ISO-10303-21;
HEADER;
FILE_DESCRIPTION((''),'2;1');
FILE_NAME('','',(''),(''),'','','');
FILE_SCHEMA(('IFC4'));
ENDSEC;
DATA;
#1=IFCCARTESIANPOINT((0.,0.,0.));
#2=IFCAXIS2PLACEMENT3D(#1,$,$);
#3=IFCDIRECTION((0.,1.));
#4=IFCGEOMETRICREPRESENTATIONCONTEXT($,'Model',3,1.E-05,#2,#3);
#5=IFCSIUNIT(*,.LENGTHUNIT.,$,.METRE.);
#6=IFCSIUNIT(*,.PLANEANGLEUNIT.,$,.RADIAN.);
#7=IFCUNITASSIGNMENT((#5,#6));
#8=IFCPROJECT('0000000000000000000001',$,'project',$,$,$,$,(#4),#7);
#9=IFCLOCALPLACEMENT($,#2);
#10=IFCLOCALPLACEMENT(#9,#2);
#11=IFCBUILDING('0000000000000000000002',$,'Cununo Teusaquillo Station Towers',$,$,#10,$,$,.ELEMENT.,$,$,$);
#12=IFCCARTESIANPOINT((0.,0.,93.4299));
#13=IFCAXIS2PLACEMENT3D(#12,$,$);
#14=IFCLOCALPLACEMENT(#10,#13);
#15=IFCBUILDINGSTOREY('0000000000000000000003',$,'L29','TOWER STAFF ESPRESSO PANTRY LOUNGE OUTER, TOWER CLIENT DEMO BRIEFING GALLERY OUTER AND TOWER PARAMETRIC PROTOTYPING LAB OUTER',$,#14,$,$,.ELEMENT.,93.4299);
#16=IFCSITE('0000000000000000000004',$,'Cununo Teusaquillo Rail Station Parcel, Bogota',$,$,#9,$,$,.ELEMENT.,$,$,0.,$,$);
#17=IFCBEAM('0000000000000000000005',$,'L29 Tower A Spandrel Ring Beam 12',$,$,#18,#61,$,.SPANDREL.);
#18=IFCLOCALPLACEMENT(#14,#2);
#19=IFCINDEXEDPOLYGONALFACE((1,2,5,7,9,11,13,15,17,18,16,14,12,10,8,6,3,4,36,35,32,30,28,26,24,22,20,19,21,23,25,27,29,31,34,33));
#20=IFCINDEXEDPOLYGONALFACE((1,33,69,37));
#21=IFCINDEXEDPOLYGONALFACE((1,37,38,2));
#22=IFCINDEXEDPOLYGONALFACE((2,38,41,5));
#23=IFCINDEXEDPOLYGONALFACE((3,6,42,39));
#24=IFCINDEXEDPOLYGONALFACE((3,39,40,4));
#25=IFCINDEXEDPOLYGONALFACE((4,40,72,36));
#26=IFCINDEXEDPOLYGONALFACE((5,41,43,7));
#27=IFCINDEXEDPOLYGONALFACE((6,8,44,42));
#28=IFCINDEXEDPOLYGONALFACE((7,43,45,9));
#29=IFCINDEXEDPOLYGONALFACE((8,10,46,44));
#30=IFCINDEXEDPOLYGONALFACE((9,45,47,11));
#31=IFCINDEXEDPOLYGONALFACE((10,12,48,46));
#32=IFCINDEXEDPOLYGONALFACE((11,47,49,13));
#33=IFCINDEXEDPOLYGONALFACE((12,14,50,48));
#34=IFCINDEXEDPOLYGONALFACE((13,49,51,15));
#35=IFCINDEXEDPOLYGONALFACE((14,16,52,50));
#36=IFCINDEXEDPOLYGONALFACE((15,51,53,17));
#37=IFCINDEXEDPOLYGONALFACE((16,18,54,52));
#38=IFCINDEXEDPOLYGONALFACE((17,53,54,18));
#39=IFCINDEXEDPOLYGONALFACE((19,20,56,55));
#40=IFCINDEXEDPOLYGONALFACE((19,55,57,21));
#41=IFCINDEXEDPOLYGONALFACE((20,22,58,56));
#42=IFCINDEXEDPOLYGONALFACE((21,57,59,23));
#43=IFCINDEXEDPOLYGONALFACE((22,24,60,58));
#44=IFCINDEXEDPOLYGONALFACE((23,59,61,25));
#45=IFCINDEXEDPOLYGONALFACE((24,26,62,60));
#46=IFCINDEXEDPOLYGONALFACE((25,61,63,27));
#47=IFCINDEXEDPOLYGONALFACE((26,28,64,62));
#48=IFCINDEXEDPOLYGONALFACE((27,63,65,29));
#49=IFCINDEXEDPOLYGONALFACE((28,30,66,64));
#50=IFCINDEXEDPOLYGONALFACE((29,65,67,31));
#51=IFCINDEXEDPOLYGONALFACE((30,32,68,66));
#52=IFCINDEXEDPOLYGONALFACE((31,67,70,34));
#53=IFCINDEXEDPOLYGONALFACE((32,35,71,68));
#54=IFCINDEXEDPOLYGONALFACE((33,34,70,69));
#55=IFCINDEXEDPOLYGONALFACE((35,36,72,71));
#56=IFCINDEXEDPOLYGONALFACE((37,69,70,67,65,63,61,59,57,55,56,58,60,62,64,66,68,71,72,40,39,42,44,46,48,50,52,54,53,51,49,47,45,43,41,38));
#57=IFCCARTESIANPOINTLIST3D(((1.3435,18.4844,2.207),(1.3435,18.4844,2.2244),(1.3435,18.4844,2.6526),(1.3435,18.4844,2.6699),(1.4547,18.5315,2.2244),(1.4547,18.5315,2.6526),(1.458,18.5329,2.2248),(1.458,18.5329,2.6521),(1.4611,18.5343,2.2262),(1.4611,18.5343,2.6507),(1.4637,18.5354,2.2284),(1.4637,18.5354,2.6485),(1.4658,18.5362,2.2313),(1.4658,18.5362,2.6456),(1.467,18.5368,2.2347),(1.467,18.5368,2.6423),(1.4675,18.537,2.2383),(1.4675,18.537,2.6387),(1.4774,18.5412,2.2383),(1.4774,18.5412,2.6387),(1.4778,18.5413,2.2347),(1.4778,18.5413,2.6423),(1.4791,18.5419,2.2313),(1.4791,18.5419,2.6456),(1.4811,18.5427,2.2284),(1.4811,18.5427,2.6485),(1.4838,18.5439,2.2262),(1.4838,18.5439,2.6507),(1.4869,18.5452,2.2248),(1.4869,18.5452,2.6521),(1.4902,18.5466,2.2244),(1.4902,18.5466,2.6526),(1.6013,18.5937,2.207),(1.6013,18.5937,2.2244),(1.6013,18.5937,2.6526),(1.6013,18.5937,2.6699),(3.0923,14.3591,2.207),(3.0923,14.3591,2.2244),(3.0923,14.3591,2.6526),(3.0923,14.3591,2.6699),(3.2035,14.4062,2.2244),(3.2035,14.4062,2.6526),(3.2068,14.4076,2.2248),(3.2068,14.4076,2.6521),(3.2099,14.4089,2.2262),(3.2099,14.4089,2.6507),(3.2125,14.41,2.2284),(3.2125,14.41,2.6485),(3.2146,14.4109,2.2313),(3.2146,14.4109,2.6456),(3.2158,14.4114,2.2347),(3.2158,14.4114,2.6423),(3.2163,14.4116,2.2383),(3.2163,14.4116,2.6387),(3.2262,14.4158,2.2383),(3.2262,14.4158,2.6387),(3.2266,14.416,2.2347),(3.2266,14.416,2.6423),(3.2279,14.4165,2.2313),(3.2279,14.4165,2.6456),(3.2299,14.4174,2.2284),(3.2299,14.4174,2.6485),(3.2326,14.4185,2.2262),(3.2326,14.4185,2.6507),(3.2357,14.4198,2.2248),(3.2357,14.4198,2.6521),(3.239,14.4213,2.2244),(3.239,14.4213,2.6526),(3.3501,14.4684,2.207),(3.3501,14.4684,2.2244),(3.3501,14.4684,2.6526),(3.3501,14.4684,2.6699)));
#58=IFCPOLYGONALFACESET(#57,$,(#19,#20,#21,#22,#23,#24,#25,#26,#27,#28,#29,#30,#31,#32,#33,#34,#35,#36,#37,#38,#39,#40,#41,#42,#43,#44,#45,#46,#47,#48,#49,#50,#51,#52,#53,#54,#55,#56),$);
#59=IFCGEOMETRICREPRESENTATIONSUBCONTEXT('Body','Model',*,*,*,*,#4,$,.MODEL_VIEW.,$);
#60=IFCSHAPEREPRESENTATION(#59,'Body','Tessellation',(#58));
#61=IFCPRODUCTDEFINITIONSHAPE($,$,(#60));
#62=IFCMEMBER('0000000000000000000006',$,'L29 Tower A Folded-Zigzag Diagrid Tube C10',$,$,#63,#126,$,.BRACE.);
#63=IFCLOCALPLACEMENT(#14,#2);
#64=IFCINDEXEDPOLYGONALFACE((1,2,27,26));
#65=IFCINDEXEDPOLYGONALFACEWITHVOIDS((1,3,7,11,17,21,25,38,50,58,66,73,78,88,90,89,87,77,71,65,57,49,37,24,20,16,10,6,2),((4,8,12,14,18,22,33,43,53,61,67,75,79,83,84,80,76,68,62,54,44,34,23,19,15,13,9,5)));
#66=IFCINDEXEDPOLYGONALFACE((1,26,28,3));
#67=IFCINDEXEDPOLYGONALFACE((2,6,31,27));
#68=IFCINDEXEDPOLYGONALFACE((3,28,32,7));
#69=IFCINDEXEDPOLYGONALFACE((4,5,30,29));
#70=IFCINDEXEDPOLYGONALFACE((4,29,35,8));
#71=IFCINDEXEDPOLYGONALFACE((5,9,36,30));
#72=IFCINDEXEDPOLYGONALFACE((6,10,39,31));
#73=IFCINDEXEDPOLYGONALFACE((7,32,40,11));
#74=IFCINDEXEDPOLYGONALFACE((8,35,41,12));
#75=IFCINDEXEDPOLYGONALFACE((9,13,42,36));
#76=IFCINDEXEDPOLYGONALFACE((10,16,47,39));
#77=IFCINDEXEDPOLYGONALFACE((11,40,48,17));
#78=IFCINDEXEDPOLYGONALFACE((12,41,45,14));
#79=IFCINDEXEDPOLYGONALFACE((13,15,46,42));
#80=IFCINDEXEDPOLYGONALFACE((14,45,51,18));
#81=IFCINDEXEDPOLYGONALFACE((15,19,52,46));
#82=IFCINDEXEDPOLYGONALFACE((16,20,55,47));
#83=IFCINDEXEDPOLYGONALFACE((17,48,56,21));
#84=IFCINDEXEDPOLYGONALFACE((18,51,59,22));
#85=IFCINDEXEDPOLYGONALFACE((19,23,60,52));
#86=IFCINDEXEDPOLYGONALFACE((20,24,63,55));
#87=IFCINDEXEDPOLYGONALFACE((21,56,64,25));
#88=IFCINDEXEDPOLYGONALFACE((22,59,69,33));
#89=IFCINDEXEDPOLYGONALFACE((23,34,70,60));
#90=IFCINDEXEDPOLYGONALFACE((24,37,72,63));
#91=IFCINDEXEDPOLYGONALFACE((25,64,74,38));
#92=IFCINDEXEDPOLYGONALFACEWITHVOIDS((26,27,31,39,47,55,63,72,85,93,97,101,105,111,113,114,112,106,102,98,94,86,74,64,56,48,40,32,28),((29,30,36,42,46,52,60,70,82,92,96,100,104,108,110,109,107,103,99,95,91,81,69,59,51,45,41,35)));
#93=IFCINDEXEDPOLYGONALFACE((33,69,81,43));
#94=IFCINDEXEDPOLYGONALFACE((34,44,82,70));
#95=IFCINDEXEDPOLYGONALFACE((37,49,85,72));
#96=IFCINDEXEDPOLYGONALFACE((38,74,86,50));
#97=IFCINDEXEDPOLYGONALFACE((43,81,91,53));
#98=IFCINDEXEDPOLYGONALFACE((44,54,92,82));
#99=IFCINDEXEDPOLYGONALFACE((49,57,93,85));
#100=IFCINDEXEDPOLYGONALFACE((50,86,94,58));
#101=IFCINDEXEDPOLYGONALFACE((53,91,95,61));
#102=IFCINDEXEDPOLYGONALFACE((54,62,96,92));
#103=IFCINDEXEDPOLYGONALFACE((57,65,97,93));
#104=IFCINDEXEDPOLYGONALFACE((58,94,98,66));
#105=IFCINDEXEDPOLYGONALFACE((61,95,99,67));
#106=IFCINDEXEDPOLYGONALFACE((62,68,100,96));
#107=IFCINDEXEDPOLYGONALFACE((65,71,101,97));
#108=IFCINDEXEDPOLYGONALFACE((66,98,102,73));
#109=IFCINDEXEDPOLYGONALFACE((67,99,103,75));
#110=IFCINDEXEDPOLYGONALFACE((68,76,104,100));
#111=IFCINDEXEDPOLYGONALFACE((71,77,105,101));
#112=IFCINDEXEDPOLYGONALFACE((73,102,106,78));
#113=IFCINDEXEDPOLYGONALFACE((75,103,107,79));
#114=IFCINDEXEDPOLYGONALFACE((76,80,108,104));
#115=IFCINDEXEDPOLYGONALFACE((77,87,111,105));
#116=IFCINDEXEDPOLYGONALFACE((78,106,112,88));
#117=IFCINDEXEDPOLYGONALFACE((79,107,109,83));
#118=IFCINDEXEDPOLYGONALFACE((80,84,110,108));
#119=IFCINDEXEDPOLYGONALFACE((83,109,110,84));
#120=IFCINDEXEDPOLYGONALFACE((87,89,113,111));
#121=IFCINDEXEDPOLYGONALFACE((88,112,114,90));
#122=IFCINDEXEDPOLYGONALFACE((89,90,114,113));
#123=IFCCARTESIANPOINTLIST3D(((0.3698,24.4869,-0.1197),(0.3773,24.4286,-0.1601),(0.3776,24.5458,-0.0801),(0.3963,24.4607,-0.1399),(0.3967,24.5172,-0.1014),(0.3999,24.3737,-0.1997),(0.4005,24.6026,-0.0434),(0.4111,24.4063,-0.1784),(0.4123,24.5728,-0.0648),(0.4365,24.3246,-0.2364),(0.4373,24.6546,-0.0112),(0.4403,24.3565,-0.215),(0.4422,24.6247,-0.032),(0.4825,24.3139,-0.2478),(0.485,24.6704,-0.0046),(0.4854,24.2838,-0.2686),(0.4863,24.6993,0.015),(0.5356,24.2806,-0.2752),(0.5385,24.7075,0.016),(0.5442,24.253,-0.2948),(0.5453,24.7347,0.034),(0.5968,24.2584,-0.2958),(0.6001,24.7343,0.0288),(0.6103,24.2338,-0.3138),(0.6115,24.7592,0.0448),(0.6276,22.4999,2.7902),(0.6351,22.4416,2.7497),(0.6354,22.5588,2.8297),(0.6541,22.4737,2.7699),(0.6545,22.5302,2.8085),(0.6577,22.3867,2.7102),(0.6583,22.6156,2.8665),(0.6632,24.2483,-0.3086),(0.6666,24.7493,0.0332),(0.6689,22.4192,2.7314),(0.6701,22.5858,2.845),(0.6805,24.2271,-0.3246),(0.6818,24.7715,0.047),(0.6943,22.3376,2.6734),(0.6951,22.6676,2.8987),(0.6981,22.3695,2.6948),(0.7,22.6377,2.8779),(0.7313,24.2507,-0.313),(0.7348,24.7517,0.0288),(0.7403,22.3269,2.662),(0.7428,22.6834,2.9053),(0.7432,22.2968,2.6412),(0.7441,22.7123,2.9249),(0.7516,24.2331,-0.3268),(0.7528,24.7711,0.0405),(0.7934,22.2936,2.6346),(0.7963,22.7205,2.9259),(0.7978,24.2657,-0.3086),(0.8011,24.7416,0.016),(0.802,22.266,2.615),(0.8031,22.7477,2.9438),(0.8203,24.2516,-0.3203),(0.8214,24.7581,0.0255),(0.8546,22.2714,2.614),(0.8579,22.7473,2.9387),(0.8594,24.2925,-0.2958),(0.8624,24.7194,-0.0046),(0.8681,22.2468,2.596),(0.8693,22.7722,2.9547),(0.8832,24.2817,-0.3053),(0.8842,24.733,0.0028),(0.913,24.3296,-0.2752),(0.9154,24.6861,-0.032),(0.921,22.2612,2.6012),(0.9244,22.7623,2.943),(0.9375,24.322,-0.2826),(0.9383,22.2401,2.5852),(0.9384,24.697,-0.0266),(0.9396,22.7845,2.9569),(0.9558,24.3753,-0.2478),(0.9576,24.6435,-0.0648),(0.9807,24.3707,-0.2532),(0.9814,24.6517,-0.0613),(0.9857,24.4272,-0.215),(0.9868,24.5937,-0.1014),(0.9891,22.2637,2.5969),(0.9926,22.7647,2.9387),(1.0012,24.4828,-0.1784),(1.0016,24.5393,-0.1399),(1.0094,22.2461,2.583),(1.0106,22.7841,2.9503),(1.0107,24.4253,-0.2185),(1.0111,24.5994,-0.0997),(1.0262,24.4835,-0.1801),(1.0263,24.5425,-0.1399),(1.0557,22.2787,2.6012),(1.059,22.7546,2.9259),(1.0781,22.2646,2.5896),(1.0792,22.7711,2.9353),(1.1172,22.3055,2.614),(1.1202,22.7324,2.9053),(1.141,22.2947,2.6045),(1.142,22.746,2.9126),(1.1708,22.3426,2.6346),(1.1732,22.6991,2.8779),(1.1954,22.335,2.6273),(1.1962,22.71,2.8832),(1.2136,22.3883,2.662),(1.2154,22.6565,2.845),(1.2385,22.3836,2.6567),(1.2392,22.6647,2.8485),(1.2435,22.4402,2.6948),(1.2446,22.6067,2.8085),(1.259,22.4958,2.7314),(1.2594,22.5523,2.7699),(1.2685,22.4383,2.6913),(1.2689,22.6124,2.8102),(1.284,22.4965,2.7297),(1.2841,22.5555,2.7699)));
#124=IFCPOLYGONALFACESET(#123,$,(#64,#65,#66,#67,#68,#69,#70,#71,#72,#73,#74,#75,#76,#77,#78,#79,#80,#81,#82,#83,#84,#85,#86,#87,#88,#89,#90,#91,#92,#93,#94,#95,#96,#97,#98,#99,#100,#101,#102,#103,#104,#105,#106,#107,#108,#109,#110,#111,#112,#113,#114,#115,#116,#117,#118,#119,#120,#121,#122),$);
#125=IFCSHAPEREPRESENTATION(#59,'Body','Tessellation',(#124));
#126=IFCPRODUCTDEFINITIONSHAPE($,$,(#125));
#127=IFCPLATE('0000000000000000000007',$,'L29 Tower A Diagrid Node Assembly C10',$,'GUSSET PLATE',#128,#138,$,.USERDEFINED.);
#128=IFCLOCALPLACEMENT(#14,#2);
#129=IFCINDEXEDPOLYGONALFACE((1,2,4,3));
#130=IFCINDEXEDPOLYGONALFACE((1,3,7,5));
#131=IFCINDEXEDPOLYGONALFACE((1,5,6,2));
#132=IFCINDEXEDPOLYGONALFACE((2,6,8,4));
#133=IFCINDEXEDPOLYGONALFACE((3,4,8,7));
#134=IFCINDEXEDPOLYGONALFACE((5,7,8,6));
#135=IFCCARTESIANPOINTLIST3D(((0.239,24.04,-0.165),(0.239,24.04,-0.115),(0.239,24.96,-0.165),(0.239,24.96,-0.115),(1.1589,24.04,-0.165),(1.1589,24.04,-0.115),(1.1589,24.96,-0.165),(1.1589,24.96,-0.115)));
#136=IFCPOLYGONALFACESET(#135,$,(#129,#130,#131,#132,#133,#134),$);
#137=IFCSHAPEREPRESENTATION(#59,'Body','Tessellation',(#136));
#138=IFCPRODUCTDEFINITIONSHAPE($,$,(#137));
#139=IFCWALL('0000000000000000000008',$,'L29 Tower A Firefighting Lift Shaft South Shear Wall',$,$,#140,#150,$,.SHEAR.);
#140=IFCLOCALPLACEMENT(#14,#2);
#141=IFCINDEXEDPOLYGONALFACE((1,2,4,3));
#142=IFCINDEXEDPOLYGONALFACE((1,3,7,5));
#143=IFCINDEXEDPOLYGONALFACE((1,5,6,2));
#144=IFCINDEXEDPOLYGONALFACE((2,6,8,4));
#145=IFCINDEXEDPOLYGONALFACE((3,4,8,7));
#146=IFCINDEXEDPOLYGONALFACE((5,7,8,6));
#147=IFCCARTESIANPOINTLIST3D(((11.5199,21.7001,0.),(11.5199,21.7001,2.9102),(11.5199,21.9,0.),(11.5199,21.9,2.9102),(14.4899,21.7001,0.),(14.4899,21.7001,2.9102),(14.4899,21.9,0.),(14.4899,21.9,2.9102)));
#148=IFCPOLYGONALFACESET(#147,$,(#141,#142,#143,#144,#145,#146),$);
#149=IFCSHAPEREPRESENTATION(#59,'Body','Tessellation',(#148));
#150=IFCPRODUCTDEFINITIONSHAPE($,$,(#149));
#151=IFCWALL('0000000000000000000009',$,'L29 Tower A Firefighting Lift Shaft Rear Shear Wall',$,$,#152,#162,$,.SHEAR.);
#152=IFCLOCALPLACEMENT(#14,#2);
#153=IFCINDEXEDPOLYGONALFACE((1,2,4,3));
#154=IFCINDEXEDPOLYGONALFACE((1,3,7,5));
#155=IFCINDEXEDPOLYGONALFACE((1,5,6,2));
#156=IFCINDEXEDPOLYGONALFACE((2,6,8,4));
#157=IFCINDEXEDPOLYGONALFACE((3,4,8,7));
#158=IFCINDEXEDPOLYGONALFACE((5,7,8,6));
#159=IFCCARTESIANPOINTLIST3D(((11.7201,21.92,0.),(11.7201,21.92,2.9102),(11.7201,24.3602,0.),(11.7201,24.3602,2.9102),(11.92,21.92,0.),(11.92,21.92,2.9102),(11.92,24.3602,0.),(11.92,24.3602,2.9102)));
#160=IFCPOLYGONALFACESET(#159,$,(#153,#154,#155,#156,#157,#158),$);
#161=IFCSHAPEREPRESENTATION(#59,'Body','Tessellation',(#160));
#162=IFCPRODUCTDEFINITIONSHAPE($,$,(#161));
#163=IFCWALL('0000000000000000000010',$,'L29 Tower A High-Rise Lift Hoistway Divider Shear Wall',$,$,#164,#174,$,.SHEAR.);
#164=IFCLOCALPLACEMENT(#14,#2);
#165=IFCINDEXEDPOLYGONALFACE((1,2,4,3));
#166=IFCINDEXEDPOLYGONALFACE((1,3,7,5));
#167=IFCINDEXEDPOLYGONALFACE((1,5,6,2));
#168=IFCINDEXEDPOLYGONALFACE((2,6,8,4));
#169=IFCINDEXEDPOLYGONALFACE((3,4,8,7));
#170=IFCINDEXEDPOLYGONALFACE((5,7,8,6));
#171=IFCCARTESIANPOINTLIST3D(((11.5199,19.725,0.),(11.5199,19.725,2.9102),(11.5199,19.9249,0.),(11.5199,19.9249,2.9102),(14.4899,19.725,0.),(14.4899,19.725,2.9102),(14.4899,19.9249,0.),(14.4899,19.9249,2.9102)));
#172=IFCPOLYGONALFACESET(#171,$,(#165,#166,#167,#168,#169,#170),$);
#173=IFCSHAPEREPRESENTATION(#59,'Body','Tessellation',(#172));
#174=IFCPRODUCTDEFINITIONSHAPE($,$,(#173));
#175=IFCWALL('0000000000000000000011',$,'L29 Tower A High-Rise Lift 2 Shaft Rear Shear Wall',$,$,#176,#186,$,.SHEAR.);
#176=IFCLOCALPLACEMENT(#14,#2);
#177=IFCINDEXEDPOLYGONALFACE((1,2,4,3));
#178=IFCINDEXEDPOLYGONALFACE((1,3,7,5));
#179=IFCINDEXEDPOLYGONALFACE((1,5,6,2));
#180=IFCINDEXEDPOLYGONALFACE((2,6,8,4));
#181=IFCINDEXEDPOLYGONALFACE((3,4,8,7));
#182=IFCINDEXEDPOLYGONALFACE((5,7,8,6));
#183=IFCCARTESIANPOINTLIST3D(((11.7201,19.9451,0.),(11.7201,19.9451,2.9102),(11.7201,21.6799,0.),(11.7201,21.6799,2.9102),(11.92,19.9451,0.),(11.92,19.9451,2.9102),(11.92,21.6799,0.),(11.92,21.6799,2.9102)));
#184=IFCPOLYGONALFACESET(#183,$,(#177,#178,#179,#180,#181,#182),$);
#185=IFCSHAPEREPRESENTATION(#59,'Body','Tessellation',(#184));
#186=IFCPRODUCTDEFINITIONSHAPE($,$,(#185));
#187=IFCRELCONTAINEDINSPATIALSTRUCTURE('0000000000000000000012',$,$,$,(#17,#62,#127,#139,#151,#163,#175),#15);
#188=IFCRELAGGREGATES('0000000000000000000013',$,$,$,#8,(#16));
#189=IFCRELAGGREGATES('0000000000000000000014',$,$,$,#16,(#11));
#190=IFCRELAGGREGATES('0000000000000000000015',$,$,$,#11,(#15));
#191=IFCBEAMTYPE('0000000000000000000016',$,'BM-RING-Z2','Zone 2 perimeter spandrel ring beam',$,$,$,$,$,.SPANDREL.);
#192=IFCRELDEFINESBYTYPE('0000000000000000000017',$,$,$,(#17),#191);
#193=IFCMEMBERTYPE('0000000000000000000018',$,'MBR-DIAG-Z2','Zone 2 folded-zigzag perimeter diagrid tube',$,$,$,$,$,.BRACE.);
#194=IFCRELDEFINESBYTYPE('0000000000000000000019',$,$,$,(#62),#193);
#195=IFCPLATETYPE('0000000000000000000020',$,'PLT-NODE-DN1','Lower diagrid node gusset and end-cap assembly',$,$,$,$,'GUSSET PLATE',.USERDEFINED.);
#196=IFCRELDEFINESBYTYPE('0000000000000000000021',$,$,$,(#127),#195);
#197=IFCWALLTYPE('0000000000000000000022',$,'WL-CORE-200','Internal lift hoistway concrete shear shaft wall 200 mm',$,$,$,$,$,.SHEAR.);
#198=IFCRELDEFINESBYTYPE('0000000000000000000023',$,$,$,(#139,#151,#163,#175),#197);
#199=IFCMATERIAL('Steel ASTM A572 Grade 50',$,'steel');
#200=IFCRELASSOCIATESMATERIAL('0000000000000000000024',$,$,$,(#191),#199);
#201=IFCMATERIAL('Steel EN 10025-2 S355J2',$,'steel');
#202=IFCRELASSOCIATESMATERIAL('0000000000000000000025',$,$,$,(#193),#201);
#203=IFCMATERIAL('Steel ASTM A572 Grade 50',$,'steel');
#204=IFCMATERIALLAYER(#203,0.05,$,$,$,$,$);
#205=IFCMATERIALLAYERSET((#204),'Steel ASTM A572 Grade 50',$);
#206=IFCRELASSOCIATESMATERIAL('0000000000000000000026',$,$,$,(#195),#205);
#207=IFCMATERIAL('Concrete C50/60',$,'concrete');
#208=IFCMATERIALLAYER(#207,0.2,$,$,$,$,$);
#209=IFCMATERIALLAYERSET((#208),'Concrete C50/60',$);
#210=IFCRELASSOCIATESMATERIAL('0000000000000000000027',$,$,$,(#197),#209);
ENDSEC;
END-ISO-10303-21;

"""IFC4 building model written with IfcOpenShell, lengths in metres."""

from ifc_helpers import new_model, si_unit, direction, frame, frame_2d, origin, origin_2d, place, context, subcontext, project, spatial, rectangle, hollow_circle, i_section, extrude, source, transform, mapped, material, layer, layer_set, material_profile, profile_set, type_object, element, save


model = new_model("IFC4")

# Units and contexts
model_context = context("Model", 3, precision=1e-05, world=origin(), true_north=direction((0.0, 1.0)))
body_context = subcontext(model_context, "Body", "Model", "MODEL_VIEW")
ifc_project = project(units=[si_unit("LENGTHUNIT", "METRE"), si_unit("PLANEANGLEUNIT", "RADIAN")], contexts=[model_context])

# Site, building, storey
site_placement = place(None, origin())
site = spatial("IfcSite", under=ifc_project, at=site_placement, Name="Cununo Teusaquillo Rail Station Parcel, Bogota", CompositionType="ELEMENT", RefElevation=0.0)
building_placement = place(site_placement, origin())
building = spatial("IfcBuilding", under=site, at=building_placement, Name="Cununo Teusaquillo Station Towers", CompositionType="ELEMENT")
storey_placement = place(building_placement, frame((0.0, 0.0, 93.4299)))
storey = spatial("IfcBuildingStorey", under=building, at=storey_placement, Name="L29", Description="TOWER STAFF ESPRESSO PANTRY LOUNGE OUTER, TOWER CLIENT DEMO BRIEFING GALLERY OUTER AND TOWER PARAMETRIC PROTOTYPING LAB OUTER", CompositionType="ELEMENT", Elevation=93.4299)

# Beam
ifc_material_1 = material(Name="Steel ASTM A572 Grade 50", Category="steel")
ifc_material_profile_1 = material_profile(ifc_material_1, i_section(OverallWidth=0.28, OverallDepth=0.4629, WebThickness=0.0107, FlangeThickness=0.0173, FilletRadius=0.0139, at=origin_2d()), Name="W18X76")
ifc_profile_set_1 = profile_set([ifc_material_profile_1], Name="Steel ASTM A572 Grade 50")
beam_type_1 = type_object("IfcBeamType", Name="BM-RING-Z2", Description="Zone 2 perimeter spandrel ring beam", PredefinedType="SPANDREL", material=ifc_profile_set_1)
beam_1_placement = place(storey_placement, frame((1.4724, 18.5391, 2.4385), z_axis=(0.390299, -0.920688, 0.0), x_axis=(0.920688, 0.390299, 0.0)))
element("IfcBeam", 1, at=beam_1_placement, inside=storey, type_object=beam_type_1, Name="L29 Tower A Spandrel Ring Beam 12", PredefinedType="SPANDREL", context=body_context, shape_type="SweptSolid", body=[
    extrude(i_section(OverallWidth=0.28, OverallDepth=0.4629, WebThickness=0.0107, FlangeThickness=0.0173, FilletRadius=0.0139, at=origin_2d()), origin(), (0.0, 0.0, 1.0), 4.4807),
])

# Member
ifc_material_2 = material(Name="Steel EN 10025-2 S355J2", Category="steel")
ifc_material_profile_2 = material_profile(ifc_material_2, hollow_circle(Radius=0.3301, WallThickness=0.0249, at=origin_2d()), Name="CHS 660x25")
ifc_profile_set_2 = profile_set([ifc_material_profile_2], Name="Steel EN 10025-2 S355J2")
member_type = type_object("IfcMemberType", Name="MBR-DIAG-Z2", Description="Zone 2 folded-zigzag perimeter diagrid tube", PredefinedType="BRACE", material=ifc_profile_set_2)
member_placement = place(storey_placement, frame((0.699, 24.5, -0.1399), z_axis=(0.072972, -0.56242, 0.823625), x_axis=(0.991688, 0.128667, 0.0)))
element("IfcMember", 2, at=member_placement, inside=storey, type_object=member_type, Name="L29 Tower A Folded-Zigzag Diagrid Tube C10", PredefinedType="BRACE", context=body_context, shape_type="SweptSolid", body=[
    extrude(hollow_circle(Radius=0.3301, WallThickness=0.0249, at=origin_2d()), origin(), (0.0, 0.0, 1.0), 3.533),
])

# Plate
ifc_material_3 = material(Name="Steel ASTM A572 Grade 50", Category="steel")
ifc_layer_1 = layer(ifc_material_3, 0.05)
ifc_layer_set_1 = layer_set([ifc_layer_1], Name="Steel ASTM A572 Grade 50")
plate_type = type_object("IfcPlateType", Name="PLT-NODE-DN1", Description="Lower diagrid node gusset and end-cap assembly", ElementType="GUSSET PLATE", PredefinedType="USERDEFINED", material=ifc_layer_set_1)
shared_shape_1 = source(origin(), body_context, "Body", "SweptSolid", [
    extrude(rectangle(XDim=0.9199, YDim=0.9199, at=origin_2d()), origin(), (0.0, 0.0, 1.0), 0.05),
])
plate_placement = place(storey_placement, frame((0.699, 24.5, -0.165), z_axis=(0.0, 0.0, 1.0), x_axis=(1.0, 0.0, 0.0)))
element("IfcPlate", 3, at=plate_placement, inside=storey, type_object=plate_type, Name="L29 Tower A Diagrid Node Assembly C10", ObjectType="GUSSET PLATE", PredefinedType="USERDEFINED", context=body_context, shape_type="MappedRepresentation", body=[
    mapped(shared_shape_1, transform((0.0, 0.0, 0.0), x_axis=(1.0, 0.0, 0.0), y_axis=(0.0, 1.0, 0.0), z_axis=(0.0, 0.0, 1.0), scale=1.0)),
])

# Walls
ifc_material_4 = material(Name="Concrete C50/60", Category="concrete")
ifc_layer_2 = layer(ifc_material_4, 0.2)
ifc_layer_set_2 = layer_set([ifc_layer_2], Name="Concrete C50/60")
wall_type_1 = type_object("IfcWallType", Name="WL-CORE-200", Description="Internal lift hoistway concrete shear shaft wall 200 mm", PredefinedType="SHEAR", material=ifc_layer_set_2)
wall_1_placement = place(storey_placement, frame((11.52, 21.8, 0.0), z_axis=(0.0, 0.0, 1.0), x_axis=(1.0, 0.0, 0.0)))
element("IfcWall", 4, at=wall_1_placement, inside=storey, type_object=wall_type_1, Name="L29 Tower A Firefighting Lift Shaft South Shear Wall", PredefinedType="SHEAR", context=body_context, shape_type="SweptSolid", body=[
    extrude(rectangle(XDim=2.97, YDim=0.2, at=frame_2d((1.4849, 0.0))), origin(), (0.0, 0.0, 1.0), 2.9102),
])
wall_2_placement = place(storey_placement, frame((11.8201, 21.9199, 0.0), z_axis=(0.0, 0.0, 1.0), x_axis=(0.0, 1.0, 0.0)))
element("IfcWall", 5, at=wall_2_placement, inside=storey, type_object=wall_type_1, Name="L29 Tower A Firefighting Lift Shaft Rear Shear Wall", PredefinedType="SHEAR", context=body_context, shape_type="SweptSolid", body=[
    extrude(rectangle(XDim=2.4402, YDim=0.2, at=frame_2d((1.2202, 0.0))), origin(), (0.0, 0.0, 1.0), 2.9102),
])
wall_3_placement = place(storey_placement, frame((11.52, 19.825, 0.0), z_axis=(0.0, 0.0, 1.0), x_axis=(1.0, 0.0, 0.0)))
element("IfcWall", 6, at=wall_3_placement, inside=storey, type_object=wall_type_1, Name="L29 Tower A High-Rise Lift Hoistway Divider Shear Wall", PredefinedType="SHEAR", context=body_context, shape_type="SweptSolid", body=[
    extrude(rectangle(XDim=2.97, YDim=0.2, at=frame_2d((1.4849, 0.0))), origin(), (0.0, 0.0, 1.0), 2.9102),
])
wall_4_placement = place(storey_placement, frame((11.8201, 19.9451, 0.0), z_axis=(0.0, 0.0, 1.0), x_axis=(0.0, 1.0, 0.0)))
element("IfcWall", 7, at=wall_4_placement, inside=storey, type_object=wall_type_1, Name="L29 Tower A High-Rise Lift 2 Shaft Rear Shear Wall", PredefinedType="SHEAR", context=body_context, shape_type="SweptSolid", body=[
    extrude(rectangle(XDim=1.7349, YDim=0.2, at=frame_2d((0.8674, 0.0))), origin(), (0.0, 0.0, 1.0), 2.9102),
])

save(model, "model.ifc")
